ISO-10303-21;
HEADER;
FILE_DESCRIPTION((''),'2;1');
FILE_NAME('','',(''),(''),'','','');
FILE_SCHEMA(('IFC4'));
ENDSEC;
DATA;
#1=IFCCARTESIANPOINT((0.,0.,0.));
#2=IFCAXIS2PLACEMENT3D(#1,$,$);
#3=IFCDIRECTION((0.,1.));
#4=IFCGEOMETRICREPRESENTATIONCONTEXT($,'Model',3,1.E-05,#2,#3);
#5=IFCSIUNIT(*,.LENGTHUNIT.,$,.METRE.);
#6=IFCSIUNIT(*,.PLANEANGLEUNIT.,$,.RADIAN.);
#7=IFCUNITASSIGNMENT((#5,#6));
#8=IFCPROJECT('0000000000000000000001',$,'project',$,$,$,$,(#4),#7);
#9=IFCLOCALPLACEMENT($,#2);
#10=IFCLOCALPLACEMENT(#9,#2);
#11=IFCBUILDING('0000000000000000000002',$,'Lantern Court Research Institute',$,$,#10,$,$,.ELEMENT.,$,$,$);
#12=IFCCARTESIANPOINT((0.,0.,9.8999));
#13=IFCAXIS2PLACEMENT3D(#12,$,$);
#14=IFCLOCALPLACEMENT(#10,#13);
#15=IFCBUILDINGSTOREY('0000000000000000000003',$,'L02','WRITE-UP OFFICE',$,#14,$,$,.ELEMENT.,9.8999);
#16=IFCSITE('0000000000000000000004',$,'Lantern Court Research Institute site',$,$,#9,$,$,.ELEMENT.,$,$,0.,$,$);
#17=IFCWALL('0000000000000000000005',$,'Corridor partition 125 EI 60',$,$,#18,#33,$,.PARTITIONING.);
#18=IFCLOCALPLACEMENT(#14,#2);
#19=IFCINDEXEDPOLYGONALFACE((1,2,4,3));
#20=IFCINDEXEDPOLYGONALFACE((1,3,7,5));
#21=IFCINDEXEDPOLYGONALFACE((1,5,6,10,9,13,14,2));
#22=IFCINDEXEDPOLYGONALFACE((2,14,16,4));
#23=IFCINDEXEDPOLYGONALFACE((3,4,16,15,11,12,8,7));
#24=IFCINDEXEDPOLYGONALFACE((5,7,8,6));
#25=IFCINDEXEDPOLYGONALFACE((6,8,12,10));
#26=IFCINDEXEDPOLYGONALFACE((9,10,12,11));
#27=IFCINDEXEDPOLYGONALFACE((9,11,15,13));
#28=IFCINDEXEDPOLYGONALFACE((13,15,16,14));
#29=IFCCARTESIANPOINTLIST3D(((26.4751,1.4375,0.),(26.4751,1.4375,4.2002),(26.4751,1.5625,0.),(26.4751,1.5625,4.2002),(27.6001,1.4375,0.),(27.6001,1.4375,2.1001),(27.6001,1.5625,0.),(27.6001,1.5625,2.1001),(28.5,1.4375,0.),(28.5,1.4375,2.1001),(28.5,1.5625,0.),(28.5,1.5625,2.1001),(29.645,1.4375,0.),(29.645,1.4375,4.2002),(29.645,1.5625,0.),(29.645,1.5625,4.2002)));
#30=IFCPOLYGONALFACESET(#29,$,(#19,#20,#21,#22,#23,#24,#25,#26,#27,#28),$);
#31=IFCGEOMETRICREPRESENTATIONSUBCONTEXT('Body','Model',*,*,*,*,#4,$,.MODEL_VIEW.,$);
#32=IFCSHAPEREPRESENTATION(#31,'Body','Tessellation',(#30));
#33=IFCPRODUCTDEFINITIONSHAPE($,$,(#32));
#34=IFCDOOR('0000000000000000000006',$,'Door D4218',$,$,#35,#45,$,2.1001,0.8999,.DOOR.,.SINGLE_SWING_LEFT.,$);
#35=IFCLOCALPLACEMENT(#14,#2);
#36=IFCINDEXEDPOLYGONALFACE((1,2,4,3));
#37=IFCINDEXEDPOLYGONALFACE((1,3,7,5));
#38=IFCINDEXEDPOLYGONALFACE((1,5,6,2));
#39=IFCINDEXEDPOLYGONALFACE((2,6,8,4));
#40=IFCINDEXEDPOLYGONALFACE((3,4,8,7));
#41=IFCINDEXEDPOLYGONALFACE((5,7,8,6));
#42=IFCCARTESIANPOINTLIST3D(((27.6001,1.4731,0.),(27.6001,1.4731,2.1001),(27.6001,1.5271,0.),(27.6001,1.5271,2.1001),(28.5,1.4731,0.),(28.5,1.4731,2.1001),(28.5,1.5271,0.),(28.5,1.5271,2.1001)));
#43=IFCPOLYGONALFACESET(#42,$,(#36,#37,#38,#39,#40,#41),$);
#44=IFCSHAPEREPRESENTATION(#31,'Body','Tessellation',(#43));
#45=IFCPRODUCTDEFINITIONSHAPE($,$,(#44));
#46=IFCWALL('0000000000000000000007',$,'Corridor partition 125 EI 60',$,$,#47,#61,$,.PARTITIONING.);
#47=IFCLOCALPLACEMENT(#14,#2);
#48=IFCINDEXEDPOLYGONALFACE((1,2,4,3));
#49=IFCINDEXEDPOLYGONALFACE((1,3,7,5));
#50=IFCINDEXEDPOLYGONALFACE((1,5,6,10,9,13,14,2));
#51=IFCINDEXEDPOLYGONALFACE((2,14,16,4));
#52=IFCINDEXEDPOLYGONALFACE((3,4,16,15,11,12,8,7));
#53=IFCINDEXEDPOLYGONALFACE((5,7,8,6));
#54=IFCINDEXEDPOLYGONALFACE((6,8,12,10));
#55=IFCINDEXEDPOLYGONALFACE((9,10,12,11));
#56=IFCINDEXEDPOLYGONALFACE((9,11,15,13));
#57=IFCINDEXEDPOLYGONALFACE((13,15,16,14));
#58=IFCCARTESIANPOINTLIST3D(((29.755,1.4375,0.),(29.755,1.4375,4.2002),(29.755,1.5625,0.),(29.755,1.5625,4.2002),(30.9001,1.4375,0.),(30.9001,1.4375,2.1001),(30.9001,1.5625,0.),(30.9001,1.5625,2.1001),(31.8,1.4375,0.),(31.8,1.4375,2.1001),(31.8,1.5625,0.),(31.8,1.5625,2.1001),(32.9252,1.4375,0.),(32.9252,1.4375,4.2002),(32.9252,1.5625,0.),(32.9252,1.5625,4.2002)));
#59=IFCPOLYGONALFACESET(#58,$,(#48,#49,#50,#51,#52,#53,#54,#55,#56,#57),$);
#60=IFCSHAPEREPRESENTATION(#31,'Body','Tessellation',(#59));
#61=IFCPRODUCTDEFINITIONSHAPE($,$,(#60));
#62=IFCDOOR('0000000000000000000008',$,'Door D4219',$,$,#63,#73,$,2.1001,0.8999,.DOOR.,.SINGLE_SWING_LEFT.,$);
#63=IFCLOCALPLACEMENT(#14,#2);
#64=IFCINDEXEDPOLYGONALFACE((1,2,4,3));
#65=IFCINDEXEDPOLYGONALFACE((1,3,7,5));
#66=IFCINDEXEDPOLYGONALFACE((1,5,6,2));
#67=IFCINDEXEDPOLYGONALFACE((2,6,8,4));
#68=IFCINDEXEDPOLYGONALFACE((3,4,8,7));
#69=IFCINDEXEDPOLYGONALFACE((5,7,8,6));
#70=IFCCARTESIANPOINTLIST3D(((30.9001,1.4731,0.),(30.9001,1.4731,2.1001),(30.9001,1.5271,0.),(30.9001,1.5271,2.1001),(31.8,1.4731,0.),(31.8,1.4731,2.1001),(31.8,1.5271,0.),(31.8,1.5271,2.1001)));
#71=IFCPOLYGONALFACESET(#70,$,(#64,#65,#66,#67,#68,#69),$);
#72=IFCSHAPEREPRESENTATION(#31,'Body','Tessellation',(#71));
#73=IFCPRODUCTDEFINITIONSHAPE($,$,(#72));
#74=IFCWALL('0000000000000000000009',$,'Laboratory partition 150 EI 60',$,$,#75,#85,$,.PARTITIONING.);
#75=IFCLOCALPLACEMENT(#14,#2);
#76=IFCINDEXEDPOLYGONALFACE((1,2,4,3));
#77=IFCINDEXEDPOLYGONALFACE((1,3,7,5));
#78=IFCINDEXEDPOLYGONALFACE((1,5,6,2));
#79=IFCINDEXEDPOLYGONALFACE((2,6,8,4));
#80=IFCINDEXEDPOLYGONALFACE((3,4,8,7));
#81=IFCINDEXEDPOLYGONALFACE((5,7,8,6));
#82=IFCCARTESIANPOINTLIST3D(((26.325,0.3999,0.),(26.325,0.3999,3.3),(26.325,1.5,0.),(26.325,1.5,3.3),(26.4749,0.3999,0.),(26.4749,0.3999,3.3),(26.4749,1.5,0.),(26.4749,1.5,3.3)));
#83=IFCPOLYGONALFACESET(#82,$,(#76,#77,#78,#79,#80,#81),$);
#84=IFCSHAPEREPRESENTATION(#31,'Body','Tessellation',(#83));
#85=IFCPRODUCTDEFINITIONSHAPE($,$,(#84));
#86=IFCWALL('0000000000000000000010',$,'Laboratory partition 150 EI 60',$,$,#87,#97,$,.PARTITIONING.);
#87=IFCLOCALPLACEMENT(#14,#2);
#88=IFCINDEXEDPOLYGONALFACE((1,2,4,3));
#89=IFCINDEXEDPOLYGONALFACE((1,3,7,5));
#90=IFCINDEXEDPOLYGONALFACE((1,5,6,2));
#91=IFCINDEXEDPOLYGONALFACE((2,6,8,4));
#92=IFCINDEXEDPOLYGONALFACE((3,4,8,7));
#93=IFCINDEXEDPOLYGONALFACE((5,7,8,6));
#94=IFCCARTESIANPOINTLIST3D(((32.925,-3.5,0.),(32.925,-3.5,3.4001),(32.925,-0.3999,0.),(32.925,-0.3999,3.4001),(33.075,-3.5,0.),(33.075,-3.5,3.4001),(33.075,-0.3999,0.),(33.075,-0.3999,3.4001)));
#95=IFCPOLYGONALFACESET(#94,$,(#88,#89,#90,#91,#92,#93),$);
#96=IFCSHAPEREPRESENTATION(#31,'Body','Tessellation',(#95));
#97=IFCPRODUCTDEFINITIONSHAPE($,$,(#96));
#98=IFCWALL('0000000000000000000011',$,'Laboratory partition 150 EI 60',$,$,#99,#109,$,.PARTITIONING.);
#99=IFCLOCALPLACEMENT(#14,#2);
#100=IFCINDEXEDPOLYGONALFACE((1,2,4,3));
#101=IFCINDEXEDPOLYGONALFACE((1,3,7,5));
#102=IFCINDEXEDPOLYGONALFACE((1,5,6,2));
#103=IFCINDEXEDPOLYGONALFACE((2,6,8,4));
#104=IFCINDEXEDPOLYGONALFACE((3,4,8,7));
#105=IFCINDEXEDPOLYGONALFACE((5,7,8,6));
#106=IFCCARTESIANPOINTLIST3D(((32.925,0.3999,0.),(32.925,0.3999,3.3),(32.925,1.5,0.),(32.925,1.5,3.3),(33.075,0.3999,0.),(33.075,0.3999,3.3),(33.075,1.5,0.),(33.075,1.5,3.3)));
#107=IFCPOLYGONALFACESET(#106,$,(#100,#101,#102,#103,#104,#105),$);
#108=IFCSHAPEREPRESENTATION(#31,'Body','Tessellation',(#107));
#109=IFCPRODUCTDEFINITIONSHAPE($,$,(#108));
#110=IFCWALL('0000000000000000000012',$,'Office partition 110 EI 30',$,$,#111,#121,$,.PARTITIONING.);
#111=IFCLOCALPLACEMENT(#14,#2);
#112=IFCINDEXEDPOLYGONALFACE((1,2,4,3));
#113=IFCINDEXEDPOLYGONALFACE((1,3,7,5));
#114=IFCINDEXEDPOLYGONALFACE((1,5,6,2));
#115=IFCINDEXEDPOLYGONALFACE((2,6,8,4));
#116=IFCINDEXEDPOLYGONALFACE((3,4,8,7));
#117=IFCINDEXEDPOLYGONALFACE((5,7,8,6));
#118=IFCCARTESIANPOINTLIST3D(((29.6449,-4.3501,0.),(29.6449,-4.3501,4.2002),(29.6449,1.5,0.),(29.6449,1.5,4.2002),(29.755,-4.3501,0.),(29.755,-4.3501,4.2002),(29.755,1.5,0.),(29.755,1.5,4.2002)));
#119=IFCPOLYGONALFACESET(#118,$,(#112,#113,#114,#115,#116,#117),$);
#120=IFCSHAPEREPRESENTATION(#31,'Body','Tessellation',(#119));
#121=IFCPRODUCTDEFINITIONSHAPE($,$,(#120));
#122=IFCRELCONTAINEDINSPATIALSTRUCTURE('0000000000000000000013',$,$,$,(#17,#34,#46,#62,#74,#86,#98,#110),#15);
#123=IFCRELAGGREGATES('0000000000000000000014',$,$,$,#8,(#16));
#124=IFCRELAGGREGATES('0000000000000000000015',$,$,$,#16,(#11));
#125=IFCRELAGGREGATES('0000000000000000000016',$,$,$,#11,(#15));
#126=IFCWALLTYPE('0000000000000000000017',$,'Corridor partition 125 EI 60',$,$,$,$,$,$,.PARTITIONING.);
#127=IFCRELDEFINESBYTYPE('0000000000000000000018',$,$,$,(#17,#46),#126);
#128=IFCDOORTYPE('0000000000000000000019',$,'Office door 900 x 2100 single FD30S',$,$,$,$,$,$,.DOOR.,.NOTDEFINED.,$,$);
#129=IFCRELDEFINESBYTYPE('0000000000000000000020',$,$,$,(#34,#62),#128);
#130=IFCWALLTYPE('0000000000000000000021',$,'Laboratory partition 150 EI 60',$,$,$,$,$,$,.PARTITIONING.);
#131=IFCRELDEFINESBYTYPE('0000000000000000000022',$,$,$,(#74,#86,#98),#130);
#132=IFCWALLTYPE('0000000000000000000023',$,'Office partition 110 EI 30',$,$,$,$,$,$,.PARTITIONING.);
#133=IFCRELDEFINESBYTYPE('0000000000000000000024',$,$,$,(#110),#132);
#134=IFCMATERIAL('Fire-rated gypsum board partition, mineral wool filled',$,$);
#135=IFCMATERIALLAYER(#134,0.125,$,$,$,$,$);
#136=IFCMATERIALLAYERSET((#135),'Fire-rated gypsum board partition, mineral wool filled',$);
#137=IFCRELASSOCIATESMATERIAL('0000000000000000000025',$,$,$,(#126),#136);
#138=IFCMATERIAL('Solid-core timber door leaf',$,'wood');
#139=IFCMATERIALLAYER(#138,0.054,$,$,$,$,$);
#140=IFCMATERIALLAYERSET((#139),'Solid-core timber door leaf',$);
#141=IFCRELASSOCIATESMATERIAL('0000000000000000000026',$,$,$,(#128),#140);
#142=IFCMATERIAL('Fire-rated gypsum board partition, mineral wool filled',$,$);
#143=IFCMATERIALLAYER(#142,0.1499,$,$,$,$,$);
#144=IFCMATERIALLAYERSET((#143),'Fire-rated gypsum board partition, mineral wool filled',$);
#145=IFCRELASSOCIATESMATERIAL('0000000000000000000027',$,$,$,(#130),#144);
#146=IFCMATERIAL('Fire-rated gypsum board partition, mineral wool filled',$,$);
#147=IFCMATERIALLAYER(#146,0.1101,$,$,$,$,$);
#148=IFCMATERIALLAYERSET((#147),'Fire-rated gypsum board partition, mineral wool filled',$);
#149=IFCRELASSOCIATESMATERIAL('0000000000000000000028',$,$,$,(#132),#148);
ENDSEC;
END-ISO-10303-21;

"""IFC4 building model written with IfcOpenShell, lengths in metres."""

from ifc_helpers import new_model, si_unit, direction, frame, frame_2d, origin, place, context, subcontext, project, spatial, rectangle, extrude, material, layer, layer_set, type_object, element, fill, save


model = new_model("IFC4")

# Units and contexts
model_context = context("Model", 3, precision=1e-05, world=origin(), true_north=direction((0.0, 1.0)))
body_context = subcontext(model_context, "Body", "Model", "MODEL_VIEW")
ifc_project = project(units=[si_unit("LENGTHUNIT", "METRE"), si_unit("PLANEANGLEUNIT", "RADIAN")], contexts=[model_context])

# Site, building, storey
site_placement = place(None, origin())
site = spatial("IfcSite", under=ifc_project, at=site_placement, Name="Lantern Court Research Institute site", CompositionType="ELEMENT", RefElevation=0.0)
building_placement = place(site_placement, origin())
building = spatial("IfcBuilding", under=site, at=building_placement, Name="Lantern Court Research Institute", CompositionType="ELEMENT")
storey_placement = place(building_placement, frame((0.0, 0.0, 9.8999)))
storey = spatial("IfcBuildingStorey", under=building, at=storey_placement, Name="L02", Description="WRITE-UP OFFICE", CompositionType="ELEMENT", Elevation=9.8999)

# Walls, openings, doors
ifc_material_1 = material(Name="Fire-rated gypsum board partition, mineral wool filled")
ifc_layer_1 = layer(ifc_material_1, 0.125)
ifc_layer_set_1 = layer_set([ifc_layer_1], Name="Fire-rated gypsum board partition, mineral wool filled")
wall_type_1 = type_object("IfcWallType", Name="Corridor partition 125 EI 60", PredefinedType="PARTITIONING", material=ifc_layer_set_1)
wall_1_placement = place(storey_placement, frame((29.645, 1.5, 0.0), z_axis=(0.0, 0.0, 1.0), x_axis=(-1.0, 0.0, 0.0)))
wall_1 = element("IfcWall", 1, at=wall_1_placement, inside=storey, type_object=wall_type_1, Name="Corridor partition 125 EI 60", PredefinedType="PARTITIONING", context=body_context, shape_type="SweptSolid", body=[
    extrude(rectangle(XDim=3.1699, YDim=0.125, at=frame_2d((1.585, 0.0))), origin(), (0.0, 0.0, 1.0), 4.2002),
])
opening_1_placement = place(wall_1_placement, frame((1.145, 0.0, 0.0)))
opening_1 = element("IfcOpeningElement", 2, at=opening_1_placement, cuts=wall_1, PredefinedType="OPENING", context=body_context, shape_type="SweptSolid", body=[
    extrude(rectangle(XDim=0.8999, YDim=2.1001, at=frame_2d((0.45, 1.05))), frame((0.0, 0.0725, 0.0), z_axis=(0.0, -1.0, 0.0), x_axis=(1.0, 0.0, 0.0)), (0.0, 0.0, 1.0), 0.145),
])
ifc_material_2 = material(Name="Solid-core timber door leaf", Category="wood")
ifc_layer_2 = layer(ifc_material_2, 0.054)
ifc_layer_set_2 = layer_set([ifc_layer_2], Name="Solid-core timber door leaf")
door_type = type_object("IfcDoorType", Name="Office door 900 x 2100 single FD30S", OperationType="NOTDEFINED", PredefinedType="DOOR", material=ifc_layer_set_2)
door_1_placement = place(opening_1_placement, origin())
door_1 = element("IfcDoor", 3, at=door_1_placement, inside=storey, type_object=door_type, Name="Door D4218", OperationType="SINGLE_SWING_LEFT", OverallHeight=2.1001, OverallWidth=0.8999, PredefinedType="DOOR", context=body_context, shape_type="SweptSolid", body=[
    extrude(rectangle(XDim=0.8999, YDim=2.1001, at=frame_2d((0.45, 1.05))), frame((0.0, 0.0269, 0.0), z_axis=(0.0, -1.0, 0.0), x_axis=(1.0, 0.0, 0.0)), (0.0, 0.0, 1.0), 0.054),
])
fill(opening_1, door_1)
wall_2_placement = place(storey_placement, frame((32.925, 1.5, 0.0), z_axis=(0.0, 0.0, 1.0), x_axis=(-1.0, 0.0, 0.0)))
wall_2 = element("IfcWall", 4, at=wall_2_placement, inside=storey, type_object=wall_type_1, Name="Corridor partition 125 EI 60", PredefinedType="PARTITIONING", context=body_context, shape_type="SweptSolid", body=[
    extrude(rectangle(XDim=3.1702, YDim=0.125, at=frame_2d((1.585, 0.0))), origin(), (0.0, 0.0, 1.0), 4.2002),
])
opening_2_placement = place(wall_2_placement, frame((1.125, 0.0, 0.0)))
opening_2 = element("IfcOpeningElement", 5, at=opening_2_placement, cuts=wall_2, PredefinedType="OPENING", context=body_context, shape_type="SweptSolid", body=[
    extrude(rectangle(XDim=0.8999, YDim=2.1001, at=frame_2d((0.45, 1.05))), frame((0.0, 0.0725, 0.0), z_axis=(0.0, -1.0, 0.0), x_axis=(1.0, 0.0, 0.0)), (0.0, 0.0, 1.0), 0.145),
])
door_2_placement = place(opening_2_placement, origin())
door_2 = element("IfcDoor", 6, at=door_2_placement, inside=storey, type_object=door_type, Name="Door D4219", OperationType="SINGLE_SWING_LEFT", OverallHeight=2.1001, OverallWidth=0.8999, PredefinedType="DOOR", context=body_context, shape_type="SweptSolid", body=[
    extrude(rectangle(XDim=0.8999, YDim=2.1001, at=frame_2d((0.45, 1.05))), frame((0.0, 0.0269, 0.0), z_axis=(0.0, -1.0, 0.0), x_axis=(1.0, 0.0, 0.0)), (0.0, 0.0, 1.0), 0.054),
])
fill(opening_2, door_2)

# Walls
ifc_material_3 = material(Name="Fire-rated gypsum board partition, mineral wool filled")
ifc_layer_3 = layer(ifc_material_3, 0.1499)
ifc_layer_set_3 = layer_set([ifc_layer_3], Name="Fire-rated gypsum board partition, mineral wool filled")
wall_type_2 = type_object("IfcWallType", Name="Laboratory partition 150 EI 60", PredefinedType="PARTITIONING", material=ifc_layer_set_3)
wall_3_placement = place(storey_placement, frame((26.3999, 0.3999, 0.0), z_axis=(0.0, 0.0, 1.0), x_axis=(0.0, 1.0, 0.0)))
element("IfcWall", 7, at=wall_3_placement, inside=storey, type_object=wall_type_2, Name="Laboratory partition 150 EI 60", PredefinedType="PARTITIONING", context=body_context, shape_type="SweptSolid", body=[
    extrude(rectangle(XDim=1.1001, YDim=0.1499, at=frame_2d((0.55, 0.0))), origin(), (0.0, 0.0, 1.0), 3.3),
])
wall_4_placement = place(storey_placement, frame((33.0, -3.5, 0.0), z_axis=(0.0, 0.0, 1.0), x_axis=(0.0, 1.0, 0.0)))
element("IfcWall", 8, at=wall_4_placement, inside=storey, type_object=wall_type_2, Name="Laboratory partition 150 EI 60", PredefinedType="PARTITIONING", context=body_context, shape_type="SweptSolid", body=[
    extrude(rectangle(XDim=3.1001, YDim=0.1499, at=frame_2d((1.55, 0.0))), origin(), (0.0, 0.0, 1.0), 3.4001),
])
wall_5_placement = place(storey_placement, frame((33.0, 0.3999, 0.0), z_axis=(0.0, 0.0, 1.0), x_axis=(0.0, 1.0, 0.0)))
element("IfcWall", 9, at=wall_5_placement, inside=storey, type_object=wall_type_2, Name="Laboratory partition 150 EI 60", PredefinedType="PARTITIONING", context=body_context, shape_type="SweptSolid", body=[
    extrude(rectangle(XDim=1.1001, YDim=0.1499, at=frame_2d((0.55, 0.0))), origin(), (0.0, 0.0, 1.0), 3.3),
])
ifc_material_4 = material(Name="Fire-rated gypsum board partition, mineral wool filled")
ifc_layer_4 = layer(ifc_material_4, 0.1101)
ifc_layer_set_4 = layer_set([ifc_layer_4], Name="Fire-rated gypsum board partition, mineral wool filled")
wall_type_3 = type_object("IfcWallType", Name="Office partition 110 EI 30", PredefinedType="PARTITIONING", material=ifc_layer_set_4)
wall_6_placement = place(storey_placement, frame((29.7, -4.3501, 0.0), z_axis=(0.0, 0.0, 1.0), x_axis=(0.0, 1.0, 0.0)))
element("IfcWall", 10, at=wall_6_placement, inside=storey, type_object=wall_type_3, Name="Office partition 110 EI 30", PredefinedType="PARTITIONING", context=body_context, shape_type="SweptSolid", body=[
    extrude(rectangle(XDim=5.8501, YDim=0.1101, at=frame_2d((2.925, 0.0))), origin(), (0.0, 0.0, 1.0), 4.2002),
])

save(model, "model.ifc")
